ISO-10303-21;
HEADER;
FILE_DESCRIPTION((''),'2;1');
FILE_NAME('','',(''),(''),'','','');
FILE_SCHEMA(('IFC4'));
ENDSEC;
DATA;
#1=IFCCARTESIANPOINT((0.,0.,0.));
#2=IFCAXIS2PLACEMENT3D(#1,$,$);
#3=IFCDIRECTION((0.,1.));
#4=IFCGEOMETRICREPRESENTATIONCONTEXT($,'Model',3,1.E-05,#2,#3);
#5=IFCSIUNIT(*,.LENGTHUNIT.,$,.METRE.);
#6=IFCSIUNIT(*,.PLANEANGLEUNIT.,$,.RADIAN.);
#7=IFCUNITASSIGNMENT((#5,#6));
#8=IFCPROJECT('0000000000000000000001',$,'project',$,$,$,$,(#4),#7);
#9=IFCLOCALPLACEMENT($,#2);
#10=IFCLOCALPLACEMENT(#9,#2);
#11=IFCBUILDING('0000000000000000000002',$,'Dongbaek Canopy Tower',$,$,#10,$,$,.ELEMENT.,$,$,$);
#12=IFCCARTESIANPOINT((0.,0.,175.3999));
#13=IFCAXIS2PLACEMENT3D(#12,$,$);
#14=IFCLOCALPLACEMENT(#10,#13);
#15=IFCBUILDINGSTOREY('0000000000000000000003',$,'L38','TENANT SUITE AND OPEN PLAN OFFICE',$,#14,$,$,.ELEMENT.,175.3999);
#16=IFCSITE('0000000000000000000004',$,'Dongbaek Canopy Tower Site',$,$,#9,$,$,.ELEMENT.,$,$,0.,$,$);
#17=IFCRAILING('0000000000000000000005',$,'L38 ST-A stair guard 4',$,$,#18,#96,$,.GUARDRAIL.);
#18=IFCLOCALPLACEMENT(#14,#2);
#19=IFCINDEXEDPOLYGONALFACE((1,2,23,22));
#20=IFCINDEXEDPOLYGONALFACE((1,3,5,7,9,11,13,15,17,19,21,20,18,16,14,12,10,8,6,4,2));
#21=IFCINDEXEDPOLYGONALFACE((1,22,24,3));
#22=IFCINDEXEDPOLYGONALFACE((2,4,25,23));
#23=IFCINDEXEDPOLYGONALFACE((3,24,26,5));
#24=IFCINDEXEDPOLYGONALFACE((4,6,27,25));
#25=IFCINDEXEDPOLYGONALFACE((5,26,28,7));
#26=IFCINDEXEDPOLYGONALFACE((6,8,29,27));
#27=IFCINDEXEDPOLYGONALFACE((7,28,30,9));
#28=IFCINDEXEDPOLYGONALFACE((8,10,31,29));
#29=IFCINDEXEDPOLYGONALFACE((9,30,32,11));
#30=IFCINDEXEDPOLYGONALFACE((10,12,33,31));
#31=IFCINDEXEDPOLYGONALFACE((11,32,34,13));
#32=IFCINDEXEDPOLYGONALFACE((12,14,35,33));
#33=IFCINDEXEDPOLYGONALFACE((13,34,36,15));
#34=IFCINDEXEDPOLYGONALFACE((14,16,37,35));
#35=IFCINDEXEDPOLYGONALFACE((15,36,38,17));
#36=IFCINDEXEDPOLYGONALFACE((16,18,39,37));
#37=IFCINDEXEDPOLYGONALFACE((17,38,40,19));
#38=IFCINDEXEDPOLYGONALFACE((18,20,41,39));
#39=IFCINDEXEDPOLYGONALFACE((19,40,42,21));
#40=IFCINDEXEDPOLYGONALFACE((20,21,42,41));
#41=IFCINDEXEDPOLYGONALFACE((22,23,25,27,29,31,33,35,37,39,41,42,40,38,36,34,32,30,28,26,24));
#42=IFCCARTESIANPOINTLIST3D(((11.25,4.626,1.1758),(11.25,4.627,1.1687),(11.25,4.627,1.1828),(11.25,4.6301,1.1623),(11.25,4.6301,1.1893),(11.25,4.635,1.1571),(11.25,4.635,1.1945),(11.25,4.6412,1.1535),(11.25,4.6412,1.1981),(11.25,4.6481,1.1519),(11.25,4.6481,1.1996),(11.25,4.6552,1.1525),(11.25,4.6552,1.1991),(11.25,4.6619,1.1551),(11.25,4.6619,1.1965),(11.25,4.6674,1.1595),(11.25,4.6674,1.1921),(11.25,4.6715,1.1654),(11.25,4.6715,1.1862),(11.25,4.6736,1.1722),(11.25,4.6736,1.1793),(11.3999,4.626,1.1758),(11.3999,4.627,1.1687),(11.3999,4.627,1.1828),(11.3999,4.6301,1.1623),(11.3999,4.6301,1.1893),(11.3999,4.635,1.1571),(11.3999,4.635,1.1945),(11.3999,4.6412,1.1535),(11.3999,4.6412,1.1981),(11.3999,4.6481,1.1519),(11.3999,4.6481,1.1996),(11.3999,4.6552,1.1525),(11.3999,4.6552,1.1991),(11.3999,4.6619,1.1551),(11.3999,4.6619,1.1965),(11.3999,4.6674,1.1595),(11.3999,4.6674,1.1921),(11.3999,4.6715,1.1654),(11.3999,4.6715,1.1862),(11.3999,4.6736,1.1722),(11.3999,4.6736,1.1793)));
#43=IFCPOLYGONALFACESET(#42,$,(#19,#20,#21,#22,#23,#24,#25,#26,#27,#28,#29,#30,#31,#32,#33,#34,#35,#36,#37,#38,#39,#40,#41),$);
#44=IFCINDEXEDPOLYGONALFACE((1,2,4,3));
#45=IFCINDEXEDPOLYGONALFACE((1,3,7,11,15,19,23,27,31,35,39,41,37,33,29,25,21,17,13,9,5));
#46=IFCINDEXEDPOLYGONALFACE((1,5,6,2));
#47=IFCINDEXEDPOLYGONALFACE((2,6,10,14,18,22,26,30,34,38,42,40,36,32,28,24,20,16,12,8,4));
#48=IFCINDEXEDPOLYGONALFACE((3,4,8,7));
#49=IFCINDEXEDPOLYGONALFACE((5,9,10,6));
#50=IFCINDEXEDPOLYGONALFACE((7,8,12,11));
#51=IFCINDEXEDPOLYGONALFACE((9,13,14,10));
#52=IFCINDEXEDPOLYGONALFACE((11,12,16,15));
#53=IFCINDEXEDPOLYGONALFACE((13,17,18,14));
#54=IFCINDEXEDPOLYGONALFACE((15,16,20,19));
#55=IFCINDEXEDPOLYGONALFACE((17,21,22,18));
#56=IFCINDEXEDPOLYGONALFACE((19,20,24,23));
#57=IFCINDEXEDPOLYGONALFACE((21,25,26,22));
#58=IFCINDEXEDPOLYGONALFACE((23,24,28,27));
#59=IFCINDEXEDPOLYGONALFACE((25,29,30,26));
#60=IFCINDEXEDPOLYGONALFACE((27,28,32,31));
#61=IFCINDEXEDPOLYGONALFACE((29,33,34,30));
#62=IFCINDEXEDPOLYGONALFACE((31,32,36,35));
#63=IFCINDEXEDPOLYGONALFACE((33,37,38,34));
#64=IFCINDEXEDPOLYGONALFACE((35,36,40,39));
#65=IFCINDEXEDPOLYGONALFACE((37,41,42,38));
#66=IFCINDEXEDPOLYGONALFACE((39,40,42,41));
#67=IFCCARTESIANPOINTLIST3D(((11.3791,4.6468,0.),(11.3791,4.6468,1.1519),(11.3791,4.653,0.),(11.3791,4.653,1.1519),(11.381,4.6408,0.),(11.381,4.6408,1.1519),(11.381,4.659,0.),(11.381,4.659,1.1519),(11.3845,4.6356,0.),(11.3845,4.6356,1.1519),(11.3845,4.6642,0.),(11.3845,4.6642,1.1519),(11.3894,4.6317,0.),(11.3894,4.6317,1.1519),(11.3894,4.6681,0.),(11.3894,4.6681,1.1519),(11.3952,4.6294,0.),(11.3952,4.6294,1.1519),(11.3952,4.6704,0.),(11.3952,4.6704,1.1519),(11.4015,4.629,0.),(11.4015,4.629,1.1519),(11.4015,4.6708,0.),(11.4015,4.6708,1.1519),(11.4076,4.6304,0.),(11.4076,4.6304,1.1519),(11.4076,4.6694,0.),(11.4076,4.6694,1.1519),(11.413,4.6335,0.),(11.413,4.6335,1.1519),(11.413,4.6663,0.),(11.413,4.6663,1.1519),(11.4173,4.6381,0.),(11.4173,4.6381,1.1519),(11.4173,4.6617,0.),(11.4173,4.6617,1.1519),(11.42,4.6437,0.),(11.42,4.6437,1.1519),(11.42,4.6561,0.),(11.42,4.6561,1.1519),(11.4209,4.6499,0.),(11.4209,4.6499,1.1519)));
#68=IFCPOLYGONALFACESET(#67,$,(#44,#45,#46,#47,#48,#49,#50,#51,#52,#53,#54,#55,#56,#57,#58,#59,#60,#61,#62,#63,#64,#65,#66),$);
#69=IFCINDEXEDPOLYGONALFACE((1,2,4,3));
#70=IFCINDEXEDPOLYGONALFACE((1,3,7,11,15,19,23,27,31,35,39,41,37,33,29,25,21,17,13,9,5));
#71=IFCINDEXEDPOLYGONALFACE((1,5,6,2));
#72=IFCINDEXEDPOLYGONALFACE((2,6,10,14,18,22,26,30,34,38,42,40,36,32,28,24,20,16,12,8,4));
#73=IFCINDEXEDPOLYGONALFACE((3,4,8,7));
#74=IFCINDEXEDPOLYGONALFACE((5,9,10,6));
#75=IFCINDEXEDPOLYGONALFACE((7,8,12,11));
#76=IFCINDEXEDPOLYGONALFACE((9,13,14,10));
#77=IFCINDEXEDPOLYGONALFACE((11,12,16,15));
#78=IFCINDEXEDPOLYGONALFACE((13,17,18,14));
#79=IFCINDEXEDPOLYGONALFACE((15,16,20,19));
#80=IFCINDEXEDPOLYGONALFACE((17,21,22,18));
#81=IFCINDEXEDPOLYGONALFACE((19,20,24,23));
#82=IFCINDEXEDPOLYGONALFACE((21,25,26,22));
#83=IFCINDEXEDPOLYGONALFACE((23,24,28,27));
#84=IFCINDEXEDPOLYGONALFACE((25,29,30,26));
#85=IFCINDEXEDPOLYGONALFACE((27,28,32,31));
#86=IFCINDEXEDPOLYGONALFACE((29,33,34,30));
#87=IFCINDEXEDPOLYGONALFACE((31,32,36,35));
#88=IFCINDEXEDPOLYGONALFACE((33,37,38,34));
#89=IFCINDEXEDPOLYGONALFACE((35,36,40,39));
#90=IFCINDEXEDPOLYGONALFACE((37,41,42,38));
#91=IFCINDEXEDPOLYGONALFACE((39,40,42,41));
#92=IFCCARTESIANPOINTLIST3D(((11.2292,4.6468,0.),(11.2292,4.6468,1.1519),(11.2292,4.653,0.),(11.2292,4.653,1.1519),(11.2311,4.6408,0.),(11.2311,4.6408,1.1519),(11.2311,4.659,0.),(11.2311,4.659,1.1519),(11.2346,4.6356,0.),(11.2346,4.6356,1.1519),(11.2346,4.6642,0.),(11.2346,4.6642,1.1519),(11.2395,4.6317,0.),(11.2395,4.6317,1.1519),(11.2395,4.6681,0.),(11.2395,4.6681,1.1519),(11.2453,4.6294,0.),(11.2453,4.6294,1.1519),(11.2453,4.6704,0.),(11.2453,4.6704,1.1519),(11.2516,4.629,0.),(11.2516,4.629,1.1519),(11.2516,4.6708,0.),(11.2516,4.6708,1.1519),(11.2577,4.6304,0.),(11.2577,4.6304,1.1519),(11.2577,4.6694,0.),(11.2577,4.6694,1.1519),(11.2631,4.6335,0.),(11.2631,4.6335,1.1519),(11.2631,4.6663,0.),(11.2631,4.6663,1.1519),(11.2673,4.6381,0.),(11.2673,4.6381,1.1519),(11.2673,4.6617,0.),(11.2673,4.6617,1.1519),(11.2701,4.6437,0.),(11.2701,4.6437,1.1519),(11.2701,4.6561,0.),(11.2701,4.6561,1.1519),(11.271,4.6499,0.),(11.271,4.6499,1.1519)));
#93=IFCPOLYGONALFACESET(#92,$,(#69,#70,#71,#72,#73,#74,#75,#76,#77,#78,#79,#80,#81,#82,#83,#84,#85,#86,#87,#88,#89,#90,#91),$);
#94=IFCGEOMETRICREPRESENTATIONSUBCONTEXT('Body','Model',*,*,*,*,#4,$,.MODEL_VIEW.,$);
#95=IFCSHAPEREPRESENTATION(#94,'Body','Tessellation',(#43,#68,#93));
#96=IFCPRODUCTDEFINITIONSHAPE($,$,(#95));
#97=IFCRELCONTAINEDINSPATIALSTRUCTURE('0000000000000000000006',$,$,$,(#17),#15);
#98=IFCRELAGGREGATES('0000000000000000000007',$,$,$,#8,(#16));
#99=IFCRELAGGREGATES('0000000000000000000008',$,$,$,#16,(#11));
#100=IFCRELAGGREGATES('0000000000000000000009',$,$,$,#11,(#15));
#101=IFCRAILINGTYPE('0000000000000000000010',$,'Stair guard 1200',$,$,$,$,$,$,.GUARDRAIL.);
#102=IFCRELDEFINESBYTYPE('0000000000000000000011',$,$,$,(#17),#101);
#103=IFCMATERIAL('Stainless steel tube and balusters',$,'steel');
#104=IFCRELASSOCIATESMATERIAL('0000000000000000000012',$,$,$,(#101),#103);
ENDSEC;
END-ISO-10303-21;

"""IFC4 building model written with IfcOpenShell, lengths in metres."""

from ifc_helpers import new_model, si_unit, direction, frame, origin, origin_2d, place, context, subcontext, project, spatial, circle, extrude, material, type_object, element, save


model = new_model("IFC4")

# Units and contexts
model_context = context("Model", 3, precision=1e-05, world=origin(), true_north=direction((0.0, 1.0)))
body_context = subcontext(model_context, "Body", "Model", "MODEL_VIEW")
ifc_project = project(units=[si_unit("LENGTHUNIT", "METRE"), si_unit("PLANEANGLEUNIT", "RADIAN")], contexts=[model_context])

# Site, building, storey
site_placement = place(None, origin())
site = spatial("IfcSite", under=ifc_project, at=site_placement, Name="Dongbaek Canopy Tower Site", CompositionType="ELEMENT", RefElevation=0.0)
building_placement = place(site_placement, origin())
building = spatial("IfcBuilding", under=site, at=building_placement, Name="Dongbaek Canopy Tower", CompositionType="ELEMENT")
storey_placement = place(building_placement, frame((0.0, 0.0, 175.3999)))
storey = spatial("IfcBuildingStorey", under=building, at=storey_placement, Name="L38", Description="TENANT SUITE AND OPEN PLAN OFFICE", CompositionType="ELEMENT", Elevation=175.3999)

# Railing
ifc_material_1 = material(Name="Stainless steel tube and balusters", Category="steel")
railing_type_1 = type_object("IfcRailingType", Name="Stair guard 1200", PredefinedType="GUARDRAIL", material=ifc_material_1)
railing_1_placement = place(storey_placement, frame((11.3999, 4.6499, 0.0)))
element("IfcRailing", 1, at=railing_1_placement, inside=storey, type_object=railing_type_1, Name="L38 ST-A stair guard 4", PredefinedType="GUARDRAIL", context=body_context, shape_type="SweptSolid", body=[
    extrude(circle(Radius=0.0239, at=origin_2d()), frame((0.0, 0.0, 1.1758), z_axis=(-1.0, 0.0, 0.0), x_axis=(0.0, -1.0, 0.0)), (0.0, 0.0, 1.0), 0.1499),
    extrude(circle(Radius=0.021, at=origin_2d()), origin(), (0.0, 0.0, 1.0), 1.1519),
    extrude(circle(Radius=0.021, at=origin_2d()), frame((-0.1499, 0.0, 0.0)), (0.0, 0.0, 1.0), 1.1519),
])

save(model, "model.ifc")
